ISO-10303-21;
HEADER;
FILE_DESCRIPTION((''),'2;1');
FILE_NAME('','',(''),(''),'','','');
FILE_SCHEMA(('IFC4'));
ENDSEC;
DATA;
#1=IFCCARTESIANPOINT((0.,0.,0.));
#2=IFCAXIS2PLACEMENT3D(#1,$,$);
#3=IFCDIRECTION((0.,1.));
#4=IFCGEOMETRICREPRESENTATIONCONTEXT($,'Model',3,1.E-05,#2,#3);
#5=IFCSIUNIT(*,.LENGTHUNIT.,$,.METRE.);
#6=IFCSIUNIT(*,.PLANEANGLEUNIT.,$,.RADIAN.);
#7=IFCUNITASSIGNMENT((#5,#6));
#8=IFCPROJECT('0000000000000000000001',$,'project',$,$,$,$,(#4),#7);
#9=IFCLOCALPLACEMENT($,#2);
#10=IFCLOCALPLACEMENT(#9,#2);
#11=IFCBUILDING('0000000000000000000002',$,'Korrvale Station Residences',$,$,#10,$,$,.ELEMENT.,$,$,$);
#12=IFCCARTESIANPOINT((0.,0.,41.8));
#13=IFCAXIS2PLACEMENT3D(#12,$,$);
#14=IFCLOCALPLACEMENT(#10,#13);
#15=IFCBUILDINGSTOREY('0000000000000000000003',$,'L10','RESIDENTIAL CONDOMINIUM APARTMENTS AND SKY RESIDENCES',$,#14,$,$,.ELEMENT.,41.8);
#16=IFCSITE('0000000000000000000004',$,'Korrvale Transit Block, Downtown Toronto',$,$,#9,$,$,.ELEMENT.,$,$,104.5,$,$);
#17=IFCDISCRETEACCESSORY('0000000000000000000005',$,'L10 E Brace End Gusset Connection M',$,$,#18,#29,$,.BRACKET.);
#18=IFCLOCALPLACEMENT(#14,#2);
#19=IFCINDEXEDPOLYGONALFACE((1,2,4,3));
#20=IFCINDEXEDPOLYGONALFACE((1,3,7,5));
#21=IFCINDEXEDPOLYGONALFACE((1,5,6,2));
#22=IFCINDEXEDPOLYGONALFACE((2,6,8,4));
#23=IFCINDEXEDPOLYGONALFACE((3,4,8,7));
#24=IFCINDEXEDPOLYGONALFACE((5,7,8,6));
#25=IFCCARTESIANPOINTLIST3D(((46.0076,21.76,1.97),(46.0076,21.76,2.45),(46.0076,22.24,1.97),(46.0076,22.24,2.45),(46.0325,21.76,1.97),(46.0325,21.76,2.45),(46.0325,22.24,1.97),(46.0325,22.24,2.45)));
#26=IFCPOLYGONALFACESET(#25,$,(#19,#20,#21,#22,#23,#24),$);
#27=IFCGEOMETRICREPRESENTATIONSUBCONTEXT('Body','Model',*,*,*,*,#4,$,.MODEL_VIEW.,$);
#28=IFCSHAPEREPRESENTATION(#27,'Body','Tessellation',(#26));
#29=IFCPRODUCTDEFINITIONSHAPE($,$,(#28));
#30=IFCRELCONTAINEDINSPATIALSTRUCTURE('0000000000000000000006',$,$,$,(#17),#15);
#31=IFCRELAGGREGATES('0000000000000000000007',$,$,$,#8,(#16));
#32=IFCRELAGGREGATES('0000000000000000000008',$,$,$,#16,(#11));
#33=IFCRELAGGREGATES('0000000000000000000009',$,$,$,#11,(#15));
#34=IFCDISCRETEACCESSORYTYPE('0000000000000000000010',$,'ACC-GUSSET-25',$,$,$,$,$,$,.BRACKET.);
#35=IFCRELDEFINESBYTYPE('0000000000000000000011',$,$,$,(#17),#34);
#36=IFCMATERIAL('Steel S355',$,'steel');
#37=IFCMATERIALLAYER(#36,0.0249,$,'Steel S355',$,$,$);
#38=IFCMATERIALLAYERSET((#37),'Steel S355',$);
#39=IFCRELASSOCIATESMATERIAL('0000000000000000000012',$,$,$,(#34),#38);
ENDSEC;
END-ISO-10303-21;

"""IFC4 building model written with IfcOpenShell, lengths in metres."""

from ifc_helpers import new_model, si_unit, direction, frame, origin, origin_2d, place, context, subcontext, project, spatial, rectangle, extrude, material, layer, layer_set, type_object, element, save


model = new_model("IFC4")

# Units and contexts
model_context = context("Model", 3, precision=1e-05, world=origin(), true_north=direction((0.0, 1.0)))
body_context = subcontext(model_context, "Body", "Model", "MODEL_VIEW")
ifc_project = project(units=[si_unit("LENGTHUNIT", "METRE"), si_unit("PLANEANGLEUNIT", "RADIAN")], contexts=[model_context])

# Site, building, storey
site_placement = place(None, origin())
site = spatial("IfcSite", under=ifc_project, at=site_placement, Name="Korrvale Transit Block, Downtown Toronto", CompositionType="ELEMENT", RefElevation=104.5)
building_placement = place(site_placement, origin())
building = spatial("IfcBuilding", under=site, at=building_placement, Name="Korrvale Station Residences", CompositionType="ELEMENT")
storey_placement = place(building_placement, frame((0.0, 0.0, 41.8)))
storey = spatial("IfcBuildingStorey", under=building, at=storey_placement, Name="L10", Description="RESIDENTIAL CONDOMINIUM APARTMENTS AND SKY RESIDENCES", CompositionType="ELEMENT", Elevation=41.8)

# Shared definitions
ifc_material_1 = material(Name="Steel S355", Category="steel")

# Discrete accessory
ifc_layer_1 = layer(ifc_material_1, 0.0249, Name="Steel S355")
ifc_layer_set_1 = layer_set([ifc_layer_1], Name="Steel S355")
discrete_accessory_type = type_object("IfcDiscreteAccessoryType", Name="ACC-GUSSET-25", PredefinedType="BRACKET", material=ifc_layer_set_1)
for number, where, z_axis, x_axis, name in (
    (1, (46.02, 22.0, 1.97), (0.0, 0.0, 1.0), (0.0, 1.0, 0.0), "L10 E Brace End Gusset Connection M"),
):
    element("IfcDiscreteAccessory", number, at=place(storey_placement, frame(where, z_axis=z_axis, x_axis=x_axis)), inside=storey, type_object=discrete_accessory_type, Name=name, PredefinedType="BRACKET", context=body_context, shape_type="SweptSolid", body=[
        extrude(rectangle(XDim=0.48, YDim=0.0249, at=origin_2d()), origin(), (0.0, 0.0, 1.0), 0.48),
    ])

save(model, "model.ifc")
